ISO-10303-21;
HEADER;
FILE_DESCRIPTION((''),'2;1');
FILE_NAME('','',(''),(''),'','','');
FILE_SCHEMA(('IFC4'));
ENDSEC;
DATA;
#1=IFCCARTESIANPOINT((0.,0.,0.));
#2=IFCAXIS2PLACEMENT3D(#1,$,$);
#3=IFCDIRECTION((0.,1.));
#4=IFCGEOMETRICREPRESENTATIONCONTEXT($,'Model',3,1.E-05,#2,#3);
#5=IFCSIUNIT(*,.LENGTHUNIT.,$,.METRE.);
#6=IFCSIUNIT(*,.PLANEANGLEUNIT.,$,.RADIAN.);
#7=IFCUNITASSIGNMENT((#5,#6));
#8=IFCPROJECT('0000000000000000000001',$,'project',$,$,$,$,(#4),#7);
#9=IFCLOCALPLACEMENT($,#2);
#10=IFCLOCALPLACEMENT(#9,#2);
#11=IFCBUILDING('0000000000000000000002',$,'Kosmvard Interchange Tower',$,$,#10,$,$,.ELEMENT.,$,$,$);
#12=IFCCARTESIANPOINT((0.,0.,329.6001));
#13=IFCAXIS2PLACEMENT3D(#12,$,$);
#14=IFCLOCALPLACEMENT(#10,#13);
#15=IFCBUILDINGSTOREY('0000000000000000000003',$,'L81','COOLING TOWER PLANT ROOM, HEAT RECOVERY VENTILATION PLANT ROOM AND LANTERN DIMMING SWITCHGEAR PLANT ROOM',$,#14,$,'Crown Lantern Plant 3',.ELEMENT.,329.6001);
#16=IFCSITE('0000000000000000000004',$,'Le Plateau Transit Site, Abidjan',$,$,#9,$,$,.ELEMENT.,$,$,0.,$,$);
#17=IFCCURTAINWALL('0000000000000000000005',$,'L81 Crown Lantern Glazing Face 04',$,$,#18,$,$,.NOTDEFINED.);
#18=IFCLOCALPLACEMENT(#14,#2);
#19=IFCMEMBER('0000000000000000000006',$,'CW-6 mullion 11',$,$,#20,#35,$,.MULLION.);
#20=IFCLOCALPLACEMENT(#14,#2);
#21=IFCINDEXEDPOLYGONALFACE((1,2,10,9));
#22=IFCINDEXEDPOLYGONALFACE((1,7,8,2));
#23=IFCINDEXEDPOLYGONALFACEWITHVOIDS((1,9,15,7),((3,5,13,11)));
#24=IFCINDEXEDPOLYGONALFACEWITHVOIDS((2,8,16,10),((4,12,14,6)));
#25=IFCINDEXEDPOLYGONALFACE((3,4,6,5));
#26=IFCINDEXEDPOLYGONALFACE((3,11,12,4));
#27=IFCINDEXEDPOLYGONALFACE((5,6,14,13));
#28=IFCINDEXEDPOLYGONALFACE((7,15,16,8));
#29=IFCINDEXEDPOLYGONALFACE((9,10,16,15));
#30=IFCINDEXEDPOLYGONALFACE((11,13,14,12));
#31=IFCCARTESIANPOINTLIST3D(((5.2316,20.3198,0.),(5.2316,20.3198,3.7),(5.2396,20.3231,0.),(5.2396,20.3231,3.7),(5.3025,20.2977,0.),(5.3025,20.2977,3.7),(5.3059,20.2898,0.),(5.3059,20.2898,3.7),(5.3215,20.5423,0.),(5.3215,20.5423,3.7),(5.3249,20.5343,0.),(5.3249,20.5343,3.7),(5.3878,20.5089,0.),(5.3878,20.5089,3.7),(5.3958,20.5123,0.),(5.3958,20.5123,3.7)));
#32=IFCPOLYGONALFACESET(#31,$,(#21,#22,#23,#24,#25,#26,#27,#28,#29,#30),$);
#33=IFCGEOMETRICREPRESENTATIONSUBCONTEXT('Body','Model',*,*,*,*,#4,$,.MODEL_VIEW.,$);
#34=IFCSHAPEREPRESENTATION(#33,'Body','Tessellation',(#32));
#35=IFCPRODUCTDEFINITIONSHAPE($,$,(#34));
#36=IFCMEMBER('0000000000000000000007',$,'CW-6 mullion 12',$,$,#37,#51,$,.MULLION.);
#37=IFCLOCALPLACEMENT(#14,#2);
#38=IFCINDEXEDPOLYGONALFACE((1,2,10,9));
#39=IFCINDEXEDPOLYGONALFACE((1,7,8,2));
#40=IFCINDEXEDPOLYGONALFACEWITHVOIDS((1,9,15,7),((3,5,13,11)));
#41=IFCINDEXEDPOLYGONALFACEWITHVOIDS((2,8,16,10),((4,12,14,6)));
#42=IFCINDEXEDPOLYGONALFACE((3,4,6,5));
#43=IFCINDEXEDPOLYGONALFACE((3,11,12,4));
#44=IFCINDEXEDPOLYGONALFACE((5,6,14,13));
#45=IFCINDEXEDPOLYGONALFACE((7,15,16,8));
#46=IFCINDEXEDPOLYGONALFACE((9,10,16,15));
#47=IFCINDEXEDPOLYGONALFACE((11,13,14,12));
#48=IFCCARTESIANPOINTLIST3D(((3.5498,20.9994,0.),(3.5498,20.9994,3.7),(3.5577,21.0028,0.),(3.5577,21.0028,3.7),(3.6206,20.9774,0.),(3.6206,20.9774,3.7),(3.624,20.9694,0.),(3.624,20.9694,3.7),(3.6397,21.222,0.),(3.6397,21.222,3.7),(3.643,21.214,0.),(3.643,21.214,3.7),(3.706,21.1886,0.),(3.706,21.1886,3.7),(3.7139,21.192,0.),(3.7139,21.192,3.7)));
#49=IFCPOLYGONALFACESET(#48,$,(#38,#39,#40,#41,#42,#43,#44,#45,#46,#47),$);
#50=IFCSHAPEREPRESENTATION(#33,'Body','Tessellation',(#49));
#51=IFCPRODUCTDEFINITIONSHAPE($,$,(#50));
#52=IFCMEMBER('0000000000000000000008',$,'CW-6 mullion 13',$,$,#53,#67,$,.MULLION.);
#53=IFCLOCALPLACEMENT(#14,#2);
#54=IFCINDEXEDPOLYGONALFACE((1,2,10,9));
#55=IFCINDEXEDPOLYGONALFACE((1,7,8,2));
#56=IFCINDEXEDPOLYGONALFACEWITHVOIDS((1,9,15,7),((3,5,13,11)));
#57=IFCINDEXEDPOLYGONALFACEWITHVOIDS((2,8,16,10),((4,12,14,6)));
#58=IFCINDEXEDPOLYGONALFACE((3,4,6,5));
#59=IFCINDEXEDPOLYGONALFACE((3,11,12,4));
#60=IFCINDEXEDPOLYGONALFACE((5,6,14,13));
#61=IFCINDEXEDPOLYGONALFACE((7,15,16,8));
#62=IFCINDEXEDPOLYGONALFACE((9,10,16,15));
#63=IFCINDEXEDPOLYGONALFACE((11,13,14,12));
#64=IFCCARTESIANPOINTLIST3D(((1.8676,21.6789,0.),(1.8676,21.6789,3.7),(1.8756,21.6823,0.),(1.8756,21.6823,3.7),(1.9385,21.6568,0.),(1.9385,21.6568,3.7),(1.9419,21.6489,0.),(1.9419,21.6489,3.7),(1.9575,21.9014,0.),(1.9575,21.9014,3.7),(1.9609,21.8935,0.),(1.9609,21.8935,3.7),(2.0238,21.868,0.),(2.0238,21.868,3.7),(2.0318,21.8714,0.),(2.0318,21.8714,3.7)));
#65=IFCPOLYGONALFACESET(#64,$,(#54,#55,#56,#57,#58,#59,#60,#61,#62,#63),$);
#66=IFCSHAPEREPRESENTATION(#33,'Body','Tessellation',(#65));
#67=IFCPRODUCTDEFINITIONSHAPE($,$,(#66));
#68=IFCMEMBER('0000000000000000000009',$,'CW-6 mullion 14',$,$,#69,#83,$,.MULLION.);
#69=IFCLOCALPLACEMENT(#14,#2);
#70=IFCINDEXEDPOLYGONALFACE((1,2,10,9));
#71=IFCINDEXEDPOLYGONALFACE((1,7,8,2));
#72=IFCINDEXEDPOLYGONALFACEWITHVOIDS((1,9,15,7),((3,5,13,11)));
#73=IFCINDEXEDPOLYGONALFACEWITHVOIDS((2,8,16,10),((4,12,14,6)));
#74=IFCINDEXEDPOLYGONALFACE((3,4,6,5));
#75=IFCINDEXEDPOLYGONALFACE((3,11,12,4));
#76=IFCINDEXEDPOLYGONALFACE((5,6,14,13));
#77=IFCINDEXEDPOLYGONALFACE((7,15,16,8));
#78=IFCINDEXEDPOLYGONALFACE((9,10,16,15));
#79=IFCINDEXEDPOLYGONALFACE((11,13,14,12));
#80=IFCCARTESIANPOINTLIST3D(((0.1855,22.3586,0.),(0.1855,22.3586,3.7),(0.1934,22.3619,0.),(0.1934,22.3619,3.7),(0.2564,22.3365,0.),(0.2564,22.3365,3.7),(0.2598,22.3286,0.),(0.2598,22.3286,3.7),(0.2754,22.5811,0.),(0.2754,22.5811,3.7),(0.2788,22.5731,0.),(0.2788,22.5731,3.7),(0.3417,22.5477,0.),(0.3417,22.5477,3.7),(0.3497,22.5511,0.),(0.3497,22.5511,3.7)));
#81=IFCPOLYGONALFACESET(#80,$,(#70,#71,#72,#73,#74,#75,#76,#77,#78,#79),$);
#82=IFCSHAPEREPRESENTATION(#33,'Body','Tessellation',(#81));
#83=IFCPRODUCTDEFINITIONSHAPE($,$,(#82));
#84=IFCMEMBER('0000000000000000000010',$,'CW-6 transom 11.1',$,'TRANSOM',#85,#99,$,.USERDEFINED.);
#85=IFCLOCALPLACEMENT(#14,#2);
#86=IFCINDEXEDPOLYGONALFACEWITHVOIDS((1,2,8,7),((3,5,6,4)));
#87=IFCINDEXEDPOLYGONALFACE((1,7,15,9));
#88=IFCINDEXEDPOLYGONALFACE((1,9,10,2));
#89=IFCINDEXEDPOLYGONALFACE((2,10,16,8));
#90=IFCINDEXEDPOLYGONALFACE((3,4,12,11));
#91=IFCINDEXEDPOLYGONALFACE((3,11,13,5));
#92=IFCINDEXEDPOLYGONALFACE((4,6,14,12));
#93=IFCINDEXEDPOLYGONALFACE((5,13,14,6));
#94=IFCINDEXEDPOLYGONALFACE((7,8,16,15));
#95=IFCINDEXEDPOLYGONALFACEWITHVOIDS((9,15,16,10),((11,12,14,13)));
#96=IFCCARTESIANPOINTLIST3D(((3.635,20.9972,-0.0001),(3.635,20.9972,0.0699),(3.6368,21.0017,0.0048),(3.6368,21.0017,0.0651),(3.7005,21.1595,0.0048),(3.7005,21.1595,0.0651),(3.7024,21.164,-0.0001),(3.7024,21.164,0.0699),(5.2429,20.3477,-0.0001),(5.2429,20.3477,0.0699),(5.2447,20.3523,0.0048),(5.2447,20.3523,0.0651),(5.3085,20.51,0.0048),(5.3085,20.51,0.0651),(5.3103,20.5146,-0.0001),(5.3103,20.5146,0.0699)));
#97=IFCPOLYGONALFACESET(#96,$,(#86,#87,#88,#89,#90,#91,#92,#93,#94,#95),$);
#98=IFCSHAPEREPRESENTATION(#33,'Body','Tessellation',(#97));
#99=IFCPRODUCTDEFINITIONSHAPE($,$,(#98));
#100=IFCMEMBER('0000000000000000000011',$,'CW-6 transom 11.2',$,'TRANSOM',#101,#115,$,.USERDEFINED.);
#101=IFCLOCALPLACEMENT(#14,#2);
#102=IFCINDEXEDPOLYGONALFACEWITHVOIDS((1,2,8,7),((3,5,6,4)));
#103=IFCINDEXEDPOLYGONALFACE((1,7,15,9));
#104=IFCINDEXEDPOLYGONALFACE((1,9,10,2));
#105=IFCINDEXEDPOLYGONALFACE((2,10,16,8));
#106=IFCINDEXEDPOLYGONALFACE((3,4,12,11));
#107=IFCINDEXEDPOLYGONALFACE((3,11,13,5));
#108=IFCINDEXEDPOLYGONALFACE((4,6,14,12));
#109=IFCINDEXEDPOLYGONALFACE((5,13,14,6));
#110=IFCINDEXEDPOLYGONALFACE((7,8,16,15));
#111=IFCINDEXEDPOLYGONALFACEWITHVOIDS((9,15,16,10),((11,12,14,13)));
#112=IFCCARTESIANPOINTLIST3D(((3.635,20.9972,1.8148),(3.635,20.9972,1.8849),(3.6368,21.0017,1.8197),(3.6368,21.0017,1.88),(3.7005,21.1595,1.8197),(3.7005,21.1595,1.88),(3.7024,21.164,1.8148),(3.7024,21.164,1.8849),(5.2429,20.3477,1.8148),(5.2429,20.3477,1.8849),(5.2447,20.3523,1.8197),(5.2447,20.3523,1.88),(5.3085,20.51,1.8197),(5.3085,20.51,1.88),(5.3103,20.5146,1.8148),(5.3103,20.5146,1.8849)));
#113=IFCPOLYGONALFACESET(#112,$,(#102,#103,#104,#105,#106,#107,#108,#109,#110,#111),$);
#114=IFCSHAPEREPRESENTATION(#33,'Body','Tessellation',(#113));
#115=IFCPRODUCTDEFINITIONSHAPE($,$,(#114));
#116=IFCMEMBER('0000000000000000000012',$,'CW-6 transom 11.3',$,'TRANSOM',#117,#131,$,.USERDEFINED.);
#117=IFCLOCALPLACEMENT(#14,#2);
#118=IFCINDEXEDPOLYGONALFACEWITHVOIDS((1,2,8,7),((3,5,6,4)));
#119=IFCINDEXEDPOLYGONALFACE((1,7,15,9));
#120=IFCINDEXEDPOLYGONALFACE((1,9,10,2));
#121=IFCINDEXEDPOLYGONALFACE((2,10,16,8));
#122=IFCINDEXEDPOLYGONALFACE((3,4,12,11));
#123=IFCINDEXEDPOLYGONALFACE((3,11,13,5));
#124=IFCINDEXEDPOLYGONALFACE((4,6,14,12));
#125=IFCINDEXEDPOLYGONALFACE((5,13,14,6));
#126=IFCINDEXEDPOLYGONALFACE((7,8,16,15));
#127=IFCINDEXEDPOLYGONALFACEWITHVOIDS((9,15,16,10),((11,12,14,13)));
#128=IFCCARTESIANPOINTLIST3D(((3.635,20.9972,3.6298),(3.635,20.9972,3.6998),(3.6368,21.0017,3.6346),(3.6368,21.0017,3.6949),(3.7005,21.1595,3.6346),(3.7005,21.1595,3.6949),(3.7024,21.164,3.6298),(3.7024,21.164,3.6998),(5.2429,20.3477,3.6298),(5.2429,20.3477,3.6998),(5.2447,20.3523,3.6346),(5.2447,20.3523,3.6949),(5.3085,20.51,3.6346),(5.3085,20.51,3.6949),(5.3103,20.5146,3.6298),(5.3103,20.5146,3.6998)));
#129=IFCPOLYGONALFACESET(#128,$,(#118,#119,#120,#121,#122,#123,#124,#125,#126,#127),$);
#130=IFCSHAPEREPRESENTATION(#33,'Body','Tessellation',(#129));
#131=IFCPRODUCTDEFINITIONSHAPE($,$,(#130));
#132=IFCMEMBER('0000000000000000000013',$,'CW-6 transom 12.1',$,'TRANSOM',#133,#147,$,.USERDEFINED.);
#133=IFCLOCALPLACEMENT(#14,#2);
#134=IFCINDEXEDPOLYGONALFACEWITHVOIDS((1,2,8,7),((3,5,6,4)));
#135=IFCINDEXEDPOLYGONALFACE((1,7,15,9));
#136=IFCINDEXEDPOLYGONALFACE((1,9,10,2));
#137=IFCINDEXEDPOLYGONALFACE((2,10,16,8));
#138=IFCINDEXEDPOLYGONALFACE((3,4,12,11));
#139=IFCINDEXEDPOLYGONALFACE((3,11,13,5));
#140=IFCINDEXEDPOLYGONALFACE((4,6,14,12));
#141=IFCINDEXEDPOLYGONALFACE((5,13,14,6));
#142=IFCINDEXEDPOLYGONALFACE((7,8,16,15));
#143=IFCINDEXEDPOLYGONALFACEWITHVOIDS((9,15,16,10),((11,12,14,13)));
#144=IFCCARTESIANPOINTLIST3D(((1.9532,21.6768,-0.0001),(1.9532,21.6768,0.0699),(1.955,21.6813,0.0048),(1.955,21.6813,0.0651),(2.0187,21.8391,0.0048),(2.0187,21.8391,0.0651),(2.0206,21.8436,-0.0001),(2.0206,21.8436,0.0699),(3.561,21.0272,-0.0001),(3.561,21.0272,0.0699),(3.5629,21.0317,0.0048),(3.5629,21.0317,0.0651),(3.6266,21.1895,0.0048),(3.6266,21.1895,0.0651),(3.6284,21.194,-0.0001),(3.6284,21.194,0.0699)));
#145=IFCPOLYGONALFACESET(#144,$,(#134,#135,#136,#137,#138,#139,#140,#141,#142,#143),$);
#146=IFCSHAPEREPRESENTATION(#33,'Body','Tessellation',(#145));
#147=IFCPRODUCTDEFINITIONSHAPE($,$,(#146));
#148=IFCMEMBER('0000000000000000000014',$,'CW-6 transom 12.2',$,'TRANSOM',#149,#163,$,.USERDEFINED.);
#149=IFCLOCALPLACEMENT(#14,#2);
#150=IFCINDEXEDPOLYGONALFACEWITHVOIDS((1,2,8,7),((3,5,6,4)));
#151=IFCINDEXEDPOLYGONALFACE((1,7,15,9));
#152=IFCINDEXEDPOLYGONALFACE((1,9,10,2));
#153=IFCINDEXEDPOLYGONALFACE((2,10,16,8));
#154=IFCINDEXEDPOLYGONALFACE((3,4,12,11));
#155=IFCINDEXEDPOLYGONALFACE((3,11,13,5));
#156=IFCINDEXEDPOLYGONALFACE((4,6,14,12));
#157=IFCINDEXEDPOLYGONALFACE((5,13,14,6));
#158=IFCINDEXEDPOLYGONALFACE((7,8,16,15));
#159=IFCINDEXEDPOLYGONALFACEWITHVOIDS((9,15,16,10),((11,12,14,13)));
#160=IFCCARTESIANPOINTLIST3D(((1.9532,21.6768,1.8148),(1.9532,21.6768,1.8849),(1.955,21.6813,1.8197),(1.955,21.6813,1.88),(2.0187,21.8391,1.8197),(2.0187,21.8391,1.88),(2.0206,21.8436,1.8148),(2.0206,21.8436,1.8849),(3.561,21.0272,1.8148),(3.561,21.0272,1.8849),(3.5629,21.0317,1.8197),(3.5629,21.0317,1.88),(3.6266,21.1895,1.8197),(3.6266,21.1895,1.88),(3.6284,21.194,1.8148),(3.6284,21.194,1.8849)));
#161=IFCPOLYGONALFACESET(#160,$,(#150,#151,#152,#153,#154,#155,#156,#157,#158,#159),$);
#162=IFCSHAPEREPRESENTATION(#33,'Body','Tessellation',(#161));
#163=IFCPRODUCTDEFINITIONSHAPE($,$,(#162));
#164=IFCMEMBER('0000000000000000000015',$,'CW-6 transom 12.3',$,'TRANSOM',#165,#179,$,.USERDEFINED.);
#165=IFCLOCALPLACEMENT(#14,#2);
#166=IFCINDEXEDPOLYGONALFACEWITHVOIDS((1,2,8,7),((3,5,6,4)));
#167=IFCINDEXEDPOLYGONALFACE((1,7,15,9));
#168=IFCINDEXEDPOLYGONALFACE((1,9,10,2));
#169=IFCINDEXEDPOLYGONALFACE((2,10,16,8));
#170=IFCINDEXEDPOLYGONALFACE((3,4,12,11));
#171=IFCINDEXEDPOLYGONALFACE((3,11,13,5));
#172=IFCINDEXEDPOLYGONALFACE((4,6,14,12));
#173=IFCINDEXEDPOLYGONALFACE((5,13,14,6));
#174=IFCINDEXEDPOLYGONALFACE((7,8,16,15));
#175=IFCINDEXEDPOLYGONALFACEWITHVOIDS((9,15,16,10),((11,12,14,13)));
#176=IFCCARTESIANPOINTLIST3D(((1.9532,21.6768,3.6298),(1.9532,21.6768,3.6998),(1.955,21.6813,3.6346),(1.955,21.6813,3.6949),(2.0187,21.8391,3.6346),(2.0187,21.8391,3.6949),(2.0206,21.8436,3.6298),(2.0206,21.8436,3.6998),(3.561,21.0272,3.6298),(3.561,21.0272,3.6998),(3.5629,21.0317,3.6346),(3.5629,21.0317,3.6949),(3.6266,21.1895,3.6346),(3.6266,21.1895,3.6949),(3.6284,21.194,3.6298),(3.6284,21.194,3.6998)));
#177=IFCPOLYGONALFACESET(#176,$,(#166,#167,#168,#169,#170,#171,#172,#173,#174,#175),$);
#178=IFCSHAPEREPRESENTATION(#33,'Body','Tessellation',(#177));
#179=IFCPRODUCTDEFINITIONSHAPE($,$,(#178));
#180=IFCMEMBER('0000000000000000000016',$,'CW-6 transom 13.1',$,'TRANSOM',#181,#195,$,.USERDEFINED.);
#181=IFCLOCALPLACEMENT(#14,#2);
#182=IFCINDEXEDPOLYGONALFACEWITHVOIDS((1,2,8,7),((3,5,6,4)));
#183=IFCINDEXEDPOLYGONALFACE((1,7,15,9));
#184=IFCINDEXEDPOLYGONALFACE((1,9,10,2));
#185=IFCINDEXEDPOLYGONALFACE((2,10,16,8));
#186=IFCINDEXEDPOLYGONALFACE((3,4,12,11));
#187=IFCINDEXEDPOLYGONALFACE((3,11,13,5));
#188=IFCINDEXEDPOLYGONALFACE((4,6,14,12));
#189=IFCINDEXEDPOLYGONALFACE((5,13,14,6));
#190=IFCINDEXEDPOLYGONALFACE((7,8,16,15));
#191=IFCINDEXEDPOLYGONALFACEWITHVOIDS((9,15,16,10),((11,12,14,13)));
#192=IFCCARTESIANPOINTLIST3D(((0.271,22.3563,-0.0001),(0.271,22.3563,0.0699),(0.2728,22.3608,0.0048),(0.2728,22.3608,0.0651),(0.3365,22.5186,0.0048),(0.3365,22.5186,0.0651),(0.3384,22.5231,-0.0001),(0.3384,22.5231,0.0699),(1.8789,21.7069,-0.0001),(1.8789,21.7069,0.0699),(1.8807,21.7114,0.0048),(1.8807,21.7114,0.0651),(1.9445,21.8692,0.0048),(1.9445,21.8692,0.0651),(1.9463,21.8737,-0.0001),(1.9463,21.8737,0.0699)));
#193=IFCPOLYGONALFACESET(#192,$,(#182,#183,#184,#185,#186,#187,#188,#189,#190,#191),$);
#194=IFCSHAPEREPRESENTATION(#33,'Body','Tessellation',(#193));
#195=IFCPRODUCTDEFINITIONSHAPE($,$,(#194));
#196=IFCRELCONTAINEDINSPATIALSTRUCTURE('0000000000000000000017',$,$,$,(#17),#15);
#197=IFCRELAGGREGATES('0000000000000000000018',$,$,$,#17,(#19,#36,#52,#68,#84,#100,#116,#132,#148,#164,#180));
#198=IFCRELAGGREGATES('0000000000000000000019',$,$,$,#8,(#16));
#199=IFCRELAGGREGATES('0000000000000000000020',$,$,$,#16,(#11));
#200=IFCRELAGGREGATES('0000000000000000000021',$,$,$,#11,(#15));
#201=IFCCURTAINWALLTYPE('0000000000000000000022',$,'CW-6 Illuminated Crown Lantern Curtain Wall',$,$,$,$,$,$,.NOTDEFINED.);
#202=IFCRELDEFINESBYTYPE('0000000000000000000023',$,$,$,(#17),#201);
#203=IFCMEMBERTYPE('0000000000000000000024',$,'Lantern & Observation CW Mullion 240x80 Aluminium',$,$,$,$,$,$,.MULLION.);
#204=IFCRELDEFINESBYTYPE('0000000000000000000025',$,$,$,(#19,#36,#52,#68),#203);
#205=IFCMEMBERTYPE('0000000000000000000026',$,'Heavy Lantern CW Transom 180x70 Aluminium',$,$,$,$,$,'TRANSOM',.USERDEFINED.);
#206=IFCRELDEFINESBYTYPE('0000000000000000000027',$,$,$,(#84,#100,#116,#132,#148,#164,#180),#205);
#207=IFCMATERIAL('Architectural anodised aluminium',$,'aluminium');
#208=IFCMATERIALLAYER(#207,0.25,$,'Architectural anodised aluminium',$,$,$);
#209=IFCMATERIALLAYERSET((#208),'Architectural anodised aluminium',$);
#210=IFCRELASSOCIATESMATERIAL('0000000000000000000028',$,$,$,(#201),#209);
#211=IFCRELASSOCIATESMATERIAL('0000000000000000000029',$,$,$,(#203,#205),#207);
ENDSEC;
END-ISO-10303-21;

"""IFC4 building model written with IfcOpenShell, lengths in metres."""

from ifc_helpers import new_model, si_unit, direction, frame, origin, origin_2d, place, context, subcontext, project, spatial, hollow_rectangle, extrude, source, transform, mapped, material, layer, layer_set, material_profile, profile_set, type_object, element, aggregate, save


model = new_model("IFC4")

# Units and contexts
model_context = context("Model", 3, precision=1e-05, world=origin(), true_north=direction((0.0, 1.0)))
body_context = subcontext(model_context, "Body", "Model", "MODEL_VIEW")
ifc_project = project(units=[si_unit("LENGTHUNIT", "METRE"), si_unit("PLANEANGLEUNIT", "RADIAN")], contexts=[model_context])

# Site, building, storey
site_placement = place(None, origin())
site = spatial("IfcSite", under=ifc_project, at=site_placement, Name="Le Plateau Transit Site, Abidjan", CompositionType="ELEMENT", RefElevation=0.0)
building_placement = place(site_placement, origin())
building = spatial("IfcBuilding", under=site, at=building_placement, Name="Kosmvard Interchange Tower", CompositionType="ELEMENT")
storey_placement = place(building_placement, frame((0.0, 0.0, 329.6001)))
storey = spatial("IfcBuildingStorey", under=building, at=storey_placement, Name="L81", Description="COOLING TOWER PLANT ROOM, HEAT RECOVERY VENTILATION PLANT ROOM AND LANTERN DIMMING SWITCHGEAR PLANT ROOM", LongName="Crown Lantern Plant 3", CompositionType="ELEMENT", Elevation=329.6001)

# Curtain wall, members
ifc_material_1 = material(Name="Architectural anodised aluminium", Category="aluminium")
ifc_layer_1 = layer(ifc_material_1, 0.25, Name="Architectural anodised aluminium")
ifc_layer_set_1 = layer_set([ifc_layer_1], Name="Architectural anodised aluminium")
curtain_wall_type = type_object("IfcCurtainWallType", Name="CW-6 Illuminated Crown Lantern Curtain Wall", PredefinedType="NOTDEFINED", material=ifc_layer_set_1)
curtain_wall_placement = place(storey_placement, origin())
curtain_wall = element("IfcCurtainWall", 1, at=curtain_wall_placement, inside=storey, type_object=curtain_wall_type, Name="L81 Crown Lantern Glazing Face 04", PredefinedType="NOTDEFINED")
ifc_material_profile_1 = material_profile(ifc_material_1, hollow_rectangle(XDim=0.24, YDim=0.0801, WallThickness=0.0061, at=origin_2d()), Name="CWM 240x80x6")
ifc_profile_set_1 = profile_set([ifc_material_profile_1], Name="Architectural anodised aluminium")
member_type_1 = type_object("IfcMemberType", Name="Lantern & Observation CW Mullion 240x80 Aluminium", PredefinedType="MULLION", material=ifc_profile_set_1)
shared_shape_1 = source(origin(), body_context, "Body", "SweptSolid", [
    extrude(hollow_rectangle(XDim=0.24, YDim=0.0801, WallThickness=0.0061, at=origin_2d()), origin(), (0.0, 0.0, 1.0), 3.7),
])
member_1_placement = place(storey_placement, frame((5.3137, 20.416, 0.0), z_axis=(0.0, 0.0, 1.0), x_axis=(-0.374607, -0.927184, 0.0)))
member_1 = element("IfcMember", 2, at=member_1_placement, type_object=member_type_1, Name="CW-6 mullion 11", PredefinedType="MULLION", context=body_context, shape_type="MappedRepresentation", body=[
    mapped(shared_shape_1, transform((0.0, 0.0, 0.0), scale=1.0)),
])
member_2_placement = place(storey_placement, frame((3.6318, 21.0957, 0.0), z_axis=(0.0, 0.0, 1.0), x_axis=(-0.374607, -0.927184, 0.0)))
member_2 = element("IfcMember", 3, at=member_2_placement, type_object=member_type_1, Name="CW-6 mullion 12", PredefinedType="MULLION", context=body_context, shape_type="MappedRepresentation", body=[
    mapped(shared_shape_1, transform((0.0, 0.0, 0.0), scale=1.0)),
])
member_3_placement = place(storey_placement, frame((1.9497, 21.7751, 0.0), z_axis=(0.0, 0.0, 1.0), x_axis=(-0.374607, -0.927184, 0.0)))
member_3 = element("IfcMember", 4, at=member_3_placement, type_object=member_type_1, Name="CW-6 mullion 13", PredefinedType="MULLION", context=body_context, shape_type="MappedRepresentation", body=[
    mapped(shared_shape_1, transform((0.0, 0.0, 0.0), scale=1.0)),
])
member_4_placement = place(storey_placement, frame((0.2676, 22.4548, 0.0), z_axis=(0.0, 0.0, 1.0), x_axis=(-0.374607, -0.927184, 0.0)))
member_4 = element("IfcMember", 5, at=member_4_placement, type_object=member_type_1, Name="CW-6 mullion 14", PredefinedType="MULLION", context=body_context, shape_type="MappedRepresentation", body=[
    mapped(shared_shape_1, transform((0.0, 0.0, 0.0), scale=1.0)),
])
ifc_material_profile_2 = material_profile(ifc_material_1, hollow_rectangle(XDim=0.1799, YDim=0.0701, WallThickness=0.0049, at=origin_2d()), Name="CWT 180x70x5")
ifc_profile_set_2 = profile_set([ifc_material_profile_2], Name="Architectural anodised aluminium")
member_type_2 = type_object("IfcMemberType", Name="Heavy Lantern CW Transom 180x70 Aluminium", ElementType="TRANSOM", PredefinedType="USERDEFINED", material=ifc_profile_set_2)
shared_shape_2 = source(origin(), body_context, "Body", "SweptSolid", [
    extrude(hollow_rectangle(XDim=0.1799, YDim=0.0701, WallThickness=0.0049, at=origin_2d()), origin(), (0.0, 0.0, 1.0), 1.7341),
])
member_5_placement = place(storey_placement, frame((5.2766, 20.4312, 0.0349), z_axis=(-0.927229, 0.374496, 0.0), x_axis=(-0.374496, -0.927229, 0.0)))
member_5 = element("IfcMember", 6, at=member_5_placement, type_object=member_type_2, Name="CW-6 transom 11.1", ObjectType="TRANSOM", PredefinedType="USERDEFINED", context=body_context, shape_type="MappedRepresentation", body=[
    mapped(shared_shape_2, transform((0.0, 0.0, 0.0), scale=1.0)),
])
member_6_placement = place(storey_placement, frame((5.2766, 20.4312, 1.8499), z_axis=(-0.927229, 0.374496, 0.0), x_axis=(-0.374496, -0.927229, 0.0)))
member_6 = element("IfcMember", 7, at=member_6_placement, type_object=member_type_2, Name="CW-6 transom 11.2", ObjectType="TRANSOM", PredefinedType="USERDEFINED", context=body_context, shape_type="MappedRepresentation", body=[
    mapped(shared_shape_2, transform((0.0, 0.0, 0.0), scale=1.0)),
])
member_7_placement = place(storey_placement, frame((5.2766, 20.4312, 3.6648), z_axis=(-0.927229, 0.374496, 0.0), x_axis=(-0.374496, -0.927229, 0.0)))
member_7 = element("IfcMember", 8, at=member_7_placement, type_object=member_type_2, Name="CW-6 transom 11.3", ObjectType="TRANSOM", PredefinedType="USERDEFINED", context=body_context, shape_type="MappedRepresentation", body=[
    mapped(shared_shape_2, transform((0.0, 0.0, 0.0), scale=1.0)),
])
member_8_placement = place(storey_placement, frame((3.5947, 21.1106, 0.0349), z_axis=(-0.92718, 0.374617, 0.0), x_axis=(-0.374617, -0.92718, 0.0)))
member_8 = element("IfcMember", 9, at=member_8_placement, type_object=member_type_2, Name="CW-6 transom 12.1", ObjectType="TRANSOM", PredefinedType="USERDEFINED", context=body_context, shape_type="MappedRepresentation", body=[
    mapped(shared_shape_2, transform((0.0, 0.0, 0.0), scale=1.0)),
])
member_9_placement = place(storey_placement, frame((3.5947, 21.1106, 1.8499), z_axis=(-0.92718, 0.374617, 0.0), x_axis=(-0.374617, -0.92718, 0.0)))
member_9 = element("IfcMember", 10, at=member_9_placement, type_object=member_type_2, Name="CW-6 transom 12.2", ObjectType="TRANSOM", PredefinedType="USERDEFINED", context=body_context, shape_type="MappedRepresentation", body=[
    mapped(shared_shape_2, transform((0.0, 0.0, 0.0), scale=1.0)),
])
member_10_placement = place(storey_placement, frame((3.5947, 21.1106, 3.6648), z_axis=(-0.92718, 0.374617, 0.0), x_axis=(-0.374617, -0.92718, 0.0)))
member_10 = element("IfcMember", 11, at=member_10_placement, type_object=member_type_2, Name="CW-6 transom 12.3", ObjectType="TRANSOM", PredefinedType="USERDEFINED", context=body_context, shape_type="MappedRepresentation", body=[
    mapped(shared_shape_2, transform((0.0, 0.0, 0.0), scale=1.0)),
])
member_11_placement = place(storey_placement, frame((1.9126, 21.7903, 0.0349), z_axis=(-0.927229, 0.374496, 0.0), x_axis=(-0.374496, -0.927229, 0.0)))
member_11 = element("IfcMember", 12, at=member_11_placement, type_object=member_type_2, Name="CW-6 transom 13.1", ObjectType="TRANSOM", PredefinedType="USERDEFINED", context=body_context, shape_type="MappedRepresentation", body=[
    mapped(shared_shape_2, transform((0.0, 0.0, 0.0), scale=1.0)),
])
aggregate(curtain_wall, [member_1, member_2, member_3, member_4, member_5, member_6, member_7, member_8, member_9, member_10, member_11])

save(model, "model.ifc")
